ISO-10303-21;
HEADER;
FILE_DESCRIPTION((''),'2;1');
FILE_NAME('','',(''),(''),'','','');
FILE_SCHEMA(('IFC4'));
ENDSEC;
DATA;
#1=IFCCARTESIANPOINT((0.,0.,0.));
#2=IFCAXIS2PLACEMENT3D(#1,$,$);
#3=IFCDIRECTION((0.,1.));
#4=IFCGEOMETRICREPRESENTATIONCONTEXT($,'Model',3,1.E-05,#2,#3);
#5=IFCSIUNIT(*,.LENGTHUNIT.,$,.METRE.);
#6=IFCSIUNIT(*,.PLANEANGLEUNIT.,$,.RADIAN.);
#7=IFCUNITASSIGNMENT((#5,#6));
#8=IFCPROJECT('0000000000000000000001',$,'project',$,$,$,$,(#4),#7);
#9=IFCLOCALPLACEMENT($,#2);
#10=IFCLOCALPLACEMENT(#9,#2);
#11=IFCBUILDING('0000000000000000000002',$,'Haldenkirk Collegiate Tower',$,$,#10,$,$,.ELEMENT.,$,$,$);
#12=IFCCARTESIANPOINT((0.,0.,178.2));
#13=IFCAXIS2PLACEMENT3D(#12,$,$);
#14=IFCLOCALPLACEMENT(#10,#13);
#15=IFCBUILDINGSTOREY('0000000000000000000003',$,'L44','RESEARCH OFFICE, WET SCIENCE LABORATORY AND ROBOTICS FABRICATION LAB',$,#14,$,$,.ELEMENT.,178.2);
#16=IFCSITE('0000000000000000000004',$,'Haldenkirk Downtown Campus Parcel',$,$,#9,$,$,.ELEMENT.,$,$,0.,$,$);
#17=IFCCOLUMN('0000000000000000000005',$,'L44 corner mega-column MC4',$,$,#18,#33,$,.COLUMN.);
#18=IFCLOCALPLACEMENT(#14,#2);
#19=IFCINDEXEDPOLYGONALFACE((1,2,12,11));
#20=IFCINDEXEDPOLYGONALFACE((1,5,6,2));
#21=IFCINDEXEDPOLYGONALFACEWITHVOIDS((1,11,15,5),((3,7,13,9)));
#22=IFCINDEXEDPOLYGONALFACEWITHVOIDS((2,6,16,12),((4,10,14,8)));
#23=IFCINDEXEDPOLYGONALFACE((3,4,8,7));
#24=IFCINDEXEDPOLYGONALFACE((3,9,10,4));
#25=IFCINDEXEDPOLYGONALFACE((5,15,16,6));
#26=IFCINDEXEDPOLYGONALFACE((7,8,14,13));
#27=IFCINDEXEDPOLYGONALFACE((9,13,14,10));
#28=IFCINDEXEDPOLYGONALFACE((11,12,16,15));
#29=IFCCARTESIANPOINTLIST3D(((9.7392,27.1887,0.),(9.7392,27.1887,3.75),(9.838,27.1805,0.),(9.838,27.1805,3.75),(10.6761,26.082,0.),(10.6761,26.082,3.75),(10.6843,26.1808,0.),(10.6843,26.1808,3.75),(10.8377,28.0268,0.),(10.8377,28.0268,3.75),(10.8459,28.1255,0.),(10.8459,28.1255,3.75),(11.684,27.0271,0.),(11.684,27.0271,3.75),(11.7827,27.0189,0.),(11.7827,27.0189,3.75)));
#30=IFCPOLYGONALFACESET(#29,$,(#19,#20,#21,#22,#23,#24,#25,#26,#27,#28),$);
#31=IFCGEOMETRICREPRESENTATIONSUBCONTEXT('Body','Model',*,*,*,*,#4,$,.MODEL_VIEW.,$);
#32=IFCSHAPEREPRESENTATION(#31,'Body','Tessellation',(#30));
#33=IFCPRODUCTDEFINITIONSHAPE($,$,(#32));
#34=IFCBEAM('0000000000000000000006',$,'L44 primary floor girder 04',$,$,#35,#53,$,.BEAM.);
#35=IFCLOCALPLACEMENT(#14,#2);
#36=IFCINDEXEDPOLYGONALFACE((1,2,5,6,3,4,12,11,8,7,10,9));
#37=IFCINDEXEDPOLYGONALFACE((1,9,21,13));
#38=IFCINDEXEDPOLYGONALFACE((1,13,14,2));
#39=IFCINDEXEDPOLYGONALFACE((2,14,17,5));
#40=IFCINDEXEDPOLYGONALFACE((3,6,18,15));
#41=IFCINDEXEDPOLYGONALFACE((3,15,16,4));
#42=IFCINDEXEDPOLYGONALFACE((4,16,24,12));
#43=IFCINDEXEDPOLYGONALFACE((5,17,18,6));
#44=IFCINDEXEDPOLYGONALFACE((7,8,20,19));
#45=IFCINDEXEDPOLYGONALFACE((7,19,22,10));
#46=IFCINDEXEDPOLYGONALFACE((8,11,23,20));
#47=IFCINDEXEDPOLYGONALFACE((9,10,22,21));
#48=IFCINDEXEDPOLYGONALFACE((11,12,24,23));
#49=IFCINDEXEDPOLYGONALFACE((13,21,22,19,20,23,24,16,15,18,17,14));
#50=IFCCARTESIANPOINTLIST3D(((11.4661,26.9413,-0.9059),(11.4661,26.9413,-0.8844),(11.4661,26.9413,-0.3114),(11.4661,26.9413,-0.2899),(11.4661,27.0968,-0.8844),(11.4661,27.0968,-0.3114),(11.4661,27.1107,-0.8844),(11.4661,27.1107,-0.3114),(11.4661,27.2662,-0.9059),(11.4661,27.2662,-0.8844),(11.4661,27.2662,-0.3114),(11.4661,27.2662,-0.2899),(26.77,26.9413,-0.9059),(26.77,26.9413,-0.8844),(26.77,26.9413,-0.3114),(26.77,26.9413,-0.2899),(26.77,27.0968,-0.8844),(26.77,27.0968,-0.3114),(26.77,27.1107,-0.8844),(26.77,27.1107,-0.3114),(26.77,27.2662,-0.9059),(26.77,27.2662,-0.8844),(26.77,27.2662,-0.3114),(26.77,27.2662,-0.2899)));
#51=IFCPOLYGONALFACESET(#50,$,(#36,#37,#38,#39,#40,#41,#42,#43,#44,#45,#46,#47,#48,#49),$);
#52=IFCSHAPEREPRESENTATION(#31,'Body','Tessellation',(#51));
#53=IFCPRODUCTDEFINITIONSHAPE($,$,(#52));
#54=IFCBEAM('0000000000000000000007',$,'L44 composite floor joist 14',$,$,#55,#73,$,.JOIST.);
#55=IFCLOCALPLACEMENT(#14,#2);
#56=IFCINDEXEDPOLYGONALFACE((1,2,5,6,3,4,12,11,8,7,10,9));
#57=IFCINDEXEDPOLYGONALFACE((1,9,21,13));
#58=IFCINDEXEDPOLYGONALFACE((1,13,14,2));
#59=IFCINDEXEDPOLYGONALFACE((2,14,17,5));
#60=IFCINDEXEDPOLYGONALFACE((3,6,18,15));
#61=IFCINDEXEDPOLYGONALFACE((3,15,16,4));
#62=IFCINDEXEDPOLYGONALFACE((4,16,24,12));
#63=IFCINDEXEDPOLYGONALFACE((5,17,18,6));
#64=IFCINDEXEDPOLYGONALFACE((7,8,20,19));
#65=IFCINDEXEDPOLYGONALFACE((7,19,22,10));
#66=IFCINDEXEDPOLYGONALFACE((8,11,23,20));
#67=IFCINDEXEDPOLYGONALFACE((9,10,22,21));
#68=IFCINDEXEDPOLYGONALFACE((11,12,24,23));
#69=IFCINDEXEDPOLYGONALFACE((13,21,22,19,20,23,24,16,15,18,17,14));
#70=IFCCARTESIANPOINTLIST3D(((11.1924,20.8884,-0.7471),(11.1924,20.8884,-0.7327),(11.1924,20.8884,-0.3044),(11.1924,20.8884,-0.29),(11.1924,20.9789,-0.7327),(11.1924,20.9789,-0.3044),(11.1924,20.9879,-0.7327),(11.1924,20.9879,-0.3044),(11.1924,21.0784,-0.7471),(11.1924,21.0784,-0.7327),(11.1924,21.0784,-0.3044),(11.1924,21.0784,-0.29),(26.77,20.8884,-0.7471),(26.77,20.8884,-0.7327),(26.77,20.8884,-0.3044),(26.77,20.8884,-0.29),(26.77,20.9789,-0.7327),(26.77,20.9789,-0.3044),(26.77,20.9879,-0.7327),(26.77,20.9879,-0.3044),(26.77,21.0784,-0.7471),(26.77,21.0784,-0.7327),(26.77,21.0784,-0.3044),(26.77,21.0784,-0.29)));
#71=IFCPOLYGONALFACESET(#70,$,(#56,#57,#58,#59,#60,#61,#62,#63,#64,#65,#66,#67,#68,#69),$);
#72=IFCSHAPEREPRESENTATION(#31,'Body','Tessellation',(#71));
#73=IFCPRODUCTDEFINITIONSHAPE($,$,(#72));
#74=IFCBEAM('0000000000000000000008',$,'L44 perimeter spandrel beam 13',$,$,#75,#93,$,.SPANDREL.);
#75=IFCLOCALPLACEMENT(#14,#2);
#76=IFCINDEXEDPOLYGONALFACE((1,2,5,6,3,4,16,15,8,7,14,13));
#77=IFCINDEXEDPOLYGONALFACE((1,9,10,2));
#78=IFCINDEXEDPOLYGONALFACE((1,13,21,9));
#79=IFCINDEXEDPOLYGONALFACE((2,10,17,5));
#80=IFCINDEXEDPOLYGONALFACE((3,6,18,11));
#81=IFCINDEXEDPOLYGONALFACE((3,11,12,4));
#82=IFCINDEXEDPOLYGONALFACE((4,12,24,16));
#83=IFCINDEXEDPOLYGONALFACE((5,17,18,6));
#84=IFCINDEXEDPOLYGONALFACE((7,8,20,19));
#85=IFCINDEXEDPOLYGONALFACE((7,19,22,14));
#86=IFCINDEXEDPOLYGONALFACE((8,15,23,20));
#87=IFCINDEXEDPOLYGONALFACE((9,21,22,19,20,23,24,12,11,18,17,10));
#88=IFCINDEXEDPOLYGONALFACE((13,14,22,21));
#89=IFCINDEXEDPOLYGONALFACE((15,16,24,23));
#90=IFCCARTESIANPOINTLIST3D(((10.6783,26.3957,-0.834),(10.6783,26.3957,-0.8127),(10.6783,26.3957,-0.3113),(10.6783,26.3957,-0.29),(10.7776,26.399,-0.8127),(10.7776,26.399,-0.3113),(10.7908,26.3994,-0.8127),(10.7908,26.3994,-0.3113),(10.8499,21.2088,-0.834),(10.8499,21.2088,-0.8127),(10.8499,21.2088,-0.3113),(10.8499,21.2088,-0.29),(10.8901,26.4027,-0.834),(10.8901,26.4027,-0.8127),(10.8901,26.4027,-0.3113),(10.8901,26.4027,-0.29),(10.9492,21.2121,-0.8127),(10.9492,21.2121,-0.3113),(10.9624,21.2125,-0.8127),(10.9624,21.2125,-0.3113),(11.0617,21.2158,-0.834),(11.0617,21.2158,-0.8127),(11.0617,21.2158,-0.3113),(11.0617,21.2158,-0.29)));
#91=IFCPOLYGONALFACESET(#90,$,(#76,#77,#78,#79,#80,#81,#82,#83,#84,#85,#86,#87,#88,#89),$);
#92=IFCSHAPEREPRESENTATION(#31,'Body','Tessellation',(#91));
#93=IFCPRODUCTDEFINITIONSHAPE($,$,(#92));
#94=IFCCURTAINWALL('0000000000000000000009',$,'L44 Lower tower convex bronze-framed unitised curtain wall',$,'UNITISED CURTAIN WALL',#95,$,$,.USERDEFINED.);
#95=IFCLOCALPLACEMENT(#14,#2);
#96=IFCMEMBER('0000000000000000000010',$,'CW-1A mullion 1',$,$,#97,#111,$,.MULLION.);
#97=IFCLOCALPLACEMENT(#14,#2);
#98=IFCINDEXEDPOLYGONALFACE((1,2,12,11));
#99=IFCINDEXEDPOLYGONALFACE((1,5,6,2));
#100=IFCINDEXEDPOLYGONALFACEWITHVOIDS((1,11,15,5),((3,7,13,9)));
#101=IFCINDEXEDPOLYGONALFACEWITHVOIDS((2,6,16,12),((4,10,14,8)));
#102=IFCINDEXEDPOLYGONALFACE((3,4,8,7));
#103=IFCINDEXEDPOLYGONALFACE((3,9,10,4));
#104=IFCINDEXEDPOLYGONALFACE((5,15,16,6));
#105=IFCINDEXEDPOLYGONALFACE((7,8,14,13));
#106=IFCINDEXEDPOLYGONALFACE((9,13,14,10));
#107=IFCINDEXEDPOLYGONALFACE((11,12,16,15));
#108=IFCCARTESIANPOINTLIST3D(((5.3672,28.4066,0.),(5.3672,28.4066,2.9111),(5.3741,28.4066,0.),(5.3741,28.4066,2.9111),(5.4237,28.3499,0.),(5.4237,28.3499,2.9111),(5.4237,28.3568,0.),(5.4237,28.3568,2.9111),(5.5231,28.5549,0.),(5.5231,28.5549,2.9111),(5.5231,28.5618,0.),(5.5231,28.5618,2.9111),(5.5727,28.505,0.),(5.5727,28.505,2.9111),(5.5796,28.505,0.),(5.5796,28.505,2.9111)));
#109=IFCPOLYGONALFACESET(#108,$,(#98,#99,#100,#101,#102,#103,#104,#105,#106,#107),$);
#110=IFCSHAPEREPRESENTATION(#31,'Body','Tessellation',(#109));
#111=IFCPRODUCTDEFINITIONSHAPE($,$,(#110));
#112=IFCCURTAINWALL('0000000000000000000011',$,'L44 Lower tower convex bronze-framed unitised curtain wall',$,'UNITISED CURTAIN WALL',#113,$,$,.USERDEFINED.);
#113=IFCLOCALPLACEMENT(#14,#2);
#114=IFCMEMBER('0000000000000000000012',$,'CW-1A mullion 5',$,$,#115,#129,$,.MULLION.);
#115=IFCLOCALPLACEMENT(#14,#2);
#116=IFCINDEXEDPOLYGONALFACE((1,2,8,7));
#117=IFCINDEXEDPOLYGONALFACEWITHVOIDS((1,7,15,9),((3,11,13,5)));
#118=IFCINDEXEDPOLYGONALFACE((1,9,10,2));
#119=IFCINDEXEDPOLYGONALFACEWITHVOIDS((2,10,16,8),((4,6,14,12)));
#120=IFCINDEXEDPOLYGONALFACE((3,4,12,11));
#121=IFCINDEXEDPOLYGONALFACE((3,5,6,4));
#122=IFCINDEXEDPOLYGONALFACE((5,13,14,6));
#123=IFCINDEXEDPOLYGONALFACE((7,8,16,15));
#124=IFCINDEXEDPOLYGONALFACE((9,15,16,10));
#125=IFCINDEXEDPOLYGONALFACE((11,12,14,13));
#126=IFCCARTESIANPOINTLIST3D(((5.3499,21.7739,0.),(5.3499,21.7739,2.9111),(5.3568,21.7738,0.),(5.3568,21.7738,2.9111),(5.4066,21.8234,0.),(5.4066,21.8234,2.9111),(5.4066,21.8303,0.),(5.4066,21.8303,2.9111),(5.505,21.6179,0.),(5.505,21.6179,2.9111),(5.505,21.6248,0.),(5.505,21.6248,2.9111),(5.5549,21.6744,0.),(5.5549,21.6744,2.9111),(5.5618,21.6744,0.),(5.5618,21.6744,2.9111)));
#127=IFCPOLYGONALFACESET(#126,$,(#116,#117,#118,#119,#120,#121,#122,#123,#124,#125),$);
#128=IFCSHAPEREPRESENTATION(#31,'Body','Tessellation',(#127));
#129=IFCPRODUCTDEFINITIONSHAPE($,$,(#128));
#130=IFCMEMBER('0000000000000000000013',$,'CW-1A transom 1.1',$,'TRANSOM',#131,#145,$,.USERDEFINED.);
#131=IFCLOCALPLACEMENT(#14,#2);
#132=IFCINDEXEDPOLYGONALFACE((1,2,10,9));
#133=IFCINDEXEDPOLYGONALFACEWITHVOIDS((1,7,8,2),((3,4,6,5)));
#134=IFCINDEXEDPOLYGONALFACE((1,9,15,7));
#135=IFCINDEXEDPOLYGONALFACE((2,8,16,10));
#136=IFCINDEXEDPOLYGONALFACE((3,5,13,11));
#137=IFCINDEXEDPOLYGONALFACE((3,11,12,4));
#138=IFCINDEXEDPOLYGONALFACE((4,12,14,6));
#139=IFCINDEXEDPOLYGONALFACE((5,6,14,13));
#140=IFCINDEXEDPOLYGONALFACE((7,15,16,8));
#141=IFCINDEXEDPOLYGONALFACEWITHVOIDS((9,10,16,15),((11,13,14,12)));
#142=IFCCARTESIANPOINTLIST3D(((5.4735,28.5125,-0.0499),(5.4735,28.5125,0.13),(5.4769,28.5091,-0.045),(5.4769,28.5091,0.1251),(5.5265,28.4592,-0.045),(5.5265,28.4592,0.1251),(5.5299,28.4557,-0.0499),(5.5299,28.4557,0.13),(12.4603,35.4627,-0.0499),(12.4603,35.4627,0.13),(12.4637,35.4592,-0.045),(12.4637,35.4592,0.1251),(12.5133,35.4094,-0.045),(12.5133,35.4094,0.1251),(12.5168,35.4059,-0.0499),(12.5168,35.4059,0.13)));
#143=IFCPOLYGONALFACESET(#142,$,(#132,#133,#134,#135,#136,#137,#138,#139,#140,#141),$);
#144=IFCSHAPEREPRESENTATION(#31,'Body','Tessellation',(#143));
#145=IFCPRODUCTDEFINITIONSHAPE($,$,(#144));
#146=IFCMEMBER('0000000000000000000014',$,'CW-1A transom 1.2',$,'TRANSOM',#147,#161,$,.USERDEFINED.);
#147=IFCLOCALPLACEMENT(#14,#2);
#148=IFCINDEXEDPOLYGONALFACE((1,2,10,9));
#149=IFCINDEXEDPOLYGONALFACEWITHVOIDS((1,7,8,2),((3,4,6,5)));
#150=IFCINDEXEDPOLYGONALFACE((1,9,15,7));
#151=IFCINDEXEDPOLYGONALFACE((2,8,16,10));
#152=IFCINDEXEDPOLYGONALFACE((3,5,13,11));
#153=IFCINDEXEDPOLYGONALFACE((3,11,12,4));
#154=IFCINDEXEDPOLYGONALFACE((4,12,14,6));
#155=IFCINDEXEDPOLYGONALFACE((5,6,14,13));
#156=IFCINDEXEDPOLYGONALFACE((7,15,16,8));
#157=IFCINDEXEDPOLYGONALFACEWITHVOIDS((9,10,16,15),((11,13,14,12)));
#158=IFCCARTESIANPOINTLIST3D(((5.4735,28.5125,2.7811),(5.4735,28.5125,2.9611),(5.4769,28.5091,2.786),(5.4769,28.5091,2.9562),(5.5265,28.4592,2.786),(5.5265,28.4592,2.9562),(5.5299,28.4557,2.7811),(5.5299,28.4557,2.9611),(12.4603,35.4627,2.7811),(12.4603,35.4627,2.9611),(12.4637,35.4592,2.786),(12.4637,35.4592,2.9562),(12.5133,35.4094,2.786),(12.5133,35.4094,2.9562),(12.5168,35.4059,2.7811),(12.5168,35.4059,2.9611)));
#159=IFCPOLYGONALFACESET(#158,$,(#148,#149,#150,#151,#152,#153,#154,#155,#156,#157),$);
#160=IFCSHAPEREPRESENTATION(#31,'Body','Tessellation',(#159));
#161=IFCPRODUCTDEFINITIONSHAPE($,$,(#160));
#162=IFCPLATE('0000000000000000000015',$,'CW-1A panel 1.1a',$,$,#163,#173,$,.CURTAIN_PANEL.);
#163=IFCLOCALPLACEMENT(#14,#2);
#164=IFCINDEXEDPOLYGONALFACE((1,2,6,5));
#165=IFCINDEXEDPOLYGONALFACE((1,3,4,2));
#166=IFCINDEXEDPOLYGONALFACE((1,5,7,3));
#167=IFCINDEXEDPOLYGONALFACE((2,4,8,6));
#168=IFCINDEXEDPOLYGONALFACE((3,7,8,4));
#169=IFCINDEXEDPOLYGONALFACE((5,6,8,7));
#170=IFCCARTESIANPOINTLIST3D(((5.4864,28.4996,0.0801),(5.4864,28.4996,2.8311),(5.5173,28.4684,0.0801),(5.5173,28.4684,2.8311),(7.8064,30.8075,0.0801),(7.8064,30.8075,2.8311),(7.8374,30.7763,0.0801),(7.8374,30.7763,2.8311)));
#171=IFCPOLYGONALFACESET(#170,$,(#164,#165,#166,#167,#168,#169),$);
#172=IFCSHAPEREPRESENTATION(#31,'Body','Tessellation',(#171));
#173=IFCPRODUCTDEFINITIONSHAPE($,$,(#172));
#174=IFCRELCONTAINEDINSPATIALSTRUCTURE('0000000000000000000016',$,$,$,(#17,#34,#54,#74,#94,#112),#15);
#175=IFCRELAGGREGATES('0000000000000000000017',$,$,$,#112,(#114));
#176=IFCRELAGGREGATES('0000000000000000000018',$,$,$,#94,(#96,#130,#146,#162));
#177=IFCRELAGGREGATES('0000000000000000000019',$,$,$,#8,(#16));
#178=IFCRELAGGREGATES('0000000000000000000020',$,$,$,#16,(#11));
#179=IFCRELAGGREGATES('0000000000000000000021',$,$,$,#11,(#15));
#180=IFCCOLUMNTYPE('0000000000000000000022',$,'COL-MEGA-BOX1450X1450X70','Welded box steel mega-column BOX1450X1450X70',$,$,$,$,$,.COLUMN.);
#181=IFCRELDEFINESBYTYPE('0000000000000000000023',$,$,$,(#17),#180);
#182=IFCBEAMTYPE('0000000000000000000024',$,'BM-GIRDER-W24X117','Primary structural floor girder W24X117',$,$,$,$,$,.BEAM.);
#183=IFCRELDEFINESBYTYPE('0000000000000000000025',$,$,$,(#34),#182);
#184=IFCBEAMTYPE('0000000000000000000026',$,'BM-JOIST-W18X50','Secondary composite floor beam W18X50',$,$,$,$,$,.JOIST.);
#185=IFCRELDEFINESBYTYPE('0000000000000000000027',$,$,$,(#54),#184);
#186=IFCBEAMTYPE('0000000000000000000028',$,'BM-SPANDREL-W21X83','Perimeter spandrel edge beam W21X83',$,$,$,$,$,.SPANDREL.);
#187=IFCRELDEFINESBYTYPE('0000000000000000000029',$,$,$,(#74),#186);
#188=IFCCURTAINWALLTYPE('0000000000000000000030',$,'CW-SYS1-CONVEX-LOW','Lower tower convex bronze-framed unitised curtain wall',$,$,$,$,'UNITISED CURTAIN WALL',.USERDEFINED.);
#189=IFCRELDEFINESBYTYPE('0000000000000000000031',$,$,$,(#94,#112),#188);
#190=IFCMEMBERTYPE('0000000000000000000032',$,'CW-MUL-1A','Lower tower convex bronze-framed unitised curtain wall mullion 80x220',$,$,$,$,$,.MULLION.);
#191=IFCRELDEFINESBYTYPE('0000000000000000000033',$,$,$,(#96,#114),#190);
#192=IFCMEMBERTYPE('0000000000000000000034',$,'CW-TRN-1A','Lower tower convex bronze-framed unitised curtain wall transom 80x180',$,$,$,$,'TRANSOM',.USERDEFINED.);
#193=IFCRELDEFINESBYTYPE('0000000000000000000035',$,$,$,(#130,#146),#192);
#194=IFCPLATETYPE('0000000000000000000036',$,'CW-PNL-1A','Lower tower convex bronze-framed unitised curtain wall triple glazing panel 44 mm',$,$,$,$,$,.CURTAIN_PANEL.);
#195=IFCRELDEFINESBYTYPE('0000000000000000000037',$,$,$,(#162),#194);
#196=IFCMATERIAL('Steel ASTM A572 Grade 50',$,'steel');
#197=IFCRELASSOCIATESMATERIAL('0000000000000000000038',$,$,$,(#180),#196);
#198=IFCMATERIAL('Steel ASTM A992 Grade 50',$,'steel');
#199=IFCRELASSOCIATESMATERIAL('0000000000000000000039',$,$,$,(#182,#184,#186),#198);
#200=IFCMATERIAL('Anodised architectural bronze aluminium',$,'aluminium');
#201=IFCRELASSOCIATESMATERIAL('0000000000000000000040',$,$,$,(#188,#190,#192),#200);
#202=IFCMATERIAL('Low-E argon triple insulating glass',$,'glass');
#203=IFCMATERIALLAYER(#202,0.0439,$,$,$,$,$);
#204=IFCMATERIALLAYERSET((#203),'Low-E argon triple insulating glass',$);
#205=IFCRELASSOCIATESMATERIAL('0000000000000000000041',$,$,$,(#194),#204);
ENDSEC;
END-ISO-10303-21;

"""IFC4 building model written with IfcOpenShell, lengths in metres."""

from ifc_helpers import new_model, si_unit, direction, frame, origin, origin_2d, place, context, subcontext, project, spatial, rectangle, hollow_rectangle, i_section, extrude, source, transform, mapped, material, layer, layer_set, material_profile, profile_set, type_object, element, aggregate, save


model = new_model("IFC4")

# Units and contexts
model_context = context("Model", 3, precision=1e-05, world=origin(), true_north=direction((0.0, 1.0)))
body_context = subcontext(model_context, "Body", "Model", "MODEL_VIEW")
ifc_project = project(units=[si_unit("LENGTHUNIT", "METRE"), si_unit("PLANEANGLEUNIT", "RADIAN")], contexts=[model_context])

# Site, building, storey
site_placement = place(None, origin())
site = spatial("IfcSite", under=ifc_project, at=site_placement, Name="Haldenkirk Downtown Campus Parcel", CompositionType="ELEMENT", RefElevation=0.0)
building_placement = place(site_placement, origin())
building = spatial("IfcBuilding", under=site, at=building_placement, Name="Haldenkirk Collegiate Tower", CompositionType="ELEMENT")
storey_placement = place(building_placement, frame((0.0, 0.0, 178.2)))
storey = spatial("IfcBuildingStorey", under=building, at=storey_placement, Name="L44", Description="RESEARCH OFFICE, WET SCIENCE LABORATORY AND ROBOTICS FABRICATION LAB", CompositionType="ELEMENT", Elevation=178.2)

# Column
ifc_material_1 = material(Name="Steel ASTM A572 Grade 50", Category="steel")
ifc_material_profile_1 = material_profile(ifc_material_1, hollow_rectangle(XDim=1.45, YDim=1.45, WallThickness=0.0701, at=origin_2d()), Name="BOX1450X1450X70")
ifc_profile_set_1 = profile_set([ifc_material_profile_1], Name="Steel ASTM A572 Grade 50")
column_type = type_object("IfcColumnType", Name="COL-MEGA-BOX1450X1450X70", Description="Welded box steel mega-column BOX1450X1450X70", PredefinedType="COLUMN", material=ifc_profile_set_1)
column_placement = place(storey_placement, frame((10.761, 27.1038, 0.0), z_axis=(0.0, 0.0, 1.0), x_axis=(0.763232, 0.646124, 0.0)))
element("IfcColumn", 1, at=column_placement, inside=storey, type_object=column_type, Name="L44 corner mega-column MC4", PredefinedType="COLUMN", context=body_context, shape_type="SweptSolid", body=[
    extrude(hollow_rectangle(XDim=1.45, YDim=1.45, WallThickness=0.0701, at=origin_2d()), origin(), (0.0, 0.0, 1.0), 3.75),
])

# Beams
ifc_material_2 = material(Name="Steel ASTM A992 Grade 50", Category="steel")
ifc_material_profile_2 = material_profile(ifc_material_2, i_section(OverallWidth=0.325, OverallDepth=0.616, WebThickness=0.0139, FlangeThickness=0.0215, at=origin_2d()), Name="W24X117")
ifc_profile_set_2 = profile_set([ifc_material_profile_2], Name="Steel ASTM A992 Grade 50")
beam_type_1 = type_object("IfcBeamType", Name="BM-GIRDER-W24X117", Description="Primary structural floor girder W24X117", PredefinedType="BEAM", material=ifc_profile_set_2)
beam_1_placement = place(storey_placement, frame((11.4661, 27.1038, -0.5979), z_axis=(1.0, 0.0, 0.0), x_axis=(0.0, 1.0, 0.0)))
element("IfcBeam", 2, at=beam_1_placement, inside=storey, type_object=beam_type_1, Name="L44 primary floor girder 04", PredefinedType="BEAM", context=body_context, shape_type="SweptSolid", body=[
    extrude(i_section(OverallWidth=0.325, OverallDepth=0.616, WebThickness=0.0139, FlangeThickness=0.0215, at=origin_2d()), origin(), (0.0, 0.0, 1.0), 15.304),
])
ifc_material_profile_3 = material_profile(ifc_material_2, i_section(OverallWidth=0.1899, OverallDepth=0.457, WebThickness=0.009, FlangeThickness=0.0144, at=origin_2d()), Name="W18X50")
ifc_profile_set_3 = profile_set([ifc_material_profile_3], Name="Steel ASTM A992 Grade 50")
beam_type_2 = type_object("IfcBeamType", Name="BM-JOIST-W18X50", Description="Secondary composite floor beam W18X50", PredefinedType="JOIST", material=ifc_profile_set_3)
beam_2_placement = place(storey_placement, frame((11.1924, 20.9834, -0.5186), z_axis=(1.0, 0.0, 0.0), x_axis=(0.0, 1.0, 0.0)))
element("IfcBeam", 3, at=beam_2_placement, inside=storey, type_object=beam_type_2, Name="L44 composite floor joist 14", PredefinedType="JOIST", context=body_context, shape_type="SweptSolid", body=[
    extrude(i_section(OverallWidth=0.1899, OverallDepth=0.457, WebThickness=0.009, FlangeThickness=0.0144, at=origin_2d()), origin(), (0.0, 0.0, 1.0), 15.5776),
])
ifc_material_profile_4 = material_profile(ifc_material_2, i_section(OverallWidth=0.2119, OverallDepth=0.5439, WebThickness=0.0132, FlangeThickness=0.0212, at=origin_2d()), Name="W21X83")
ifc_profile_set_4 = profile_set([ifc_material_profile_4], Name="Steel ASTM A992 Grade 50")
beam_type_3 = type_object("IfcBeamType", Name="BM-SPANDREL-W21X83", Description="Perimeter spandrel edge beam W21X83", PredefinedType="SPANDREL", material=ifc_profile_set_4)
beam_3_placement = place(storey_placement, frame((10.7842, 26.3992, -0.562), z_axis=(0.033072, -0.999453, 0.0), x_axis=(0.999453, 0.033072, 0.0)))
element("IfcBeam", 4, at=beam_3_placement, inside=storey, type_object=beam_type_3, Name="L44 perimeter spandrel beam 13", PredefinedType="SPANDREL", context=body_context, shape_type="SweptSolid", body=[
    extrude(i_section(OverallWidth=0.2119, OverallDepth=0.5439, WebThickness=0.0132, FlangeThickness=0.0212, at=origin_2d()), origin(), (0.0, 0.0, 1.0), 5.1897),
])

# Curtain walls, members
ifc_material_3 = material(Name="Anodised architectural bronze aluminium", Category="aluminium")
curtain_wall_type = type_object("IfcCurtainWallType", Name="CW-SYS1-CONVEX-LOW", Description="Lower tower convex bronze-framed unitised curtain wall", ElementType="UNITISED CURTAIN WALL", PredefinedType="USERDEFINED", material=ifc_material_3)
curtain_wall_1_placement = place(storey_placement, origin())
curtain_wall_1 = element("IfcCurtainWall", 5, at=curtain_wall_1_placement, inside=storey, type_object=curtain_wall_type, Name="L44 Lower tower convex bronze-framed unitised curtain wall", ObjectType="UNITISED CURTAIN WALL", PredefinedType="USERDEFINED")
ifc_material_profile_5 = material_profile(ifc_material_3, hollow_rectangle(XDim=0.0801, YDim=0.22, WallThickness=0.0049, at=origin_2d()), Name="CW-MUL-1A")
ifc_profile_set_5 = profile_set([ifc_material_profile_5], Name="Anodised architectural bronze aluminium")
member_type_1 = type_object("IfcMemberType", Name="CW-MUL-1A", Description="Lower tower convex bronze-framed unitised curtain wall mullion 80x220", PredefinedType="MULLION", material=ifc_profile_set_5)
member_1_placement = place(storey_placement, frame((5.4734, 28.4558, 0.0), z_axis=(0.0, 0.0, 1.0), x_axis=(-0.705255, 0.708954, 0.0)))
member_1 = element("IfcMember", 6, at=member_1_placement, type_object=member_type_1, Name="CW-1A mullion 1", PredefinedType="MULLION", context=body_context, shape_type="SweptSolid", body=[
    extrude(hollow_rectangle(XDim=0.0801, YDim=0.22, WallThickness=0.0049, at=origin_2d()), origin(), (0.0, 0.0, 1.0), 2.9111),
])
curtain_wall_2_placement = place(storey_placement, origin())
curtain_wall_2 = element("IfcCurtainWall", 7, at=curtain_wall_2_placement, inside=storey, type_object=curtain_wall_type, Name="L44 Lower tower convex bronze-framed unitised curtain wall", ObjectType="UNITISED CURTAIN WALL", PredefinedType="USERDEFINED")
member_2_placement = place(storey_placement, frame((5.4558, 21.7241, 0.0), z_axis=(0.0, 0.0, 1.0), x_axis=(-0.708954, -0.705255, 0.0)))
member_2 = element("IfcMember", 8, at=member_2_placement, type_object=member_type_1, Name="CW-1A mullion 5", PredefinedType="MULLION", context=body_context, shape_type="SweptSolid", body=[
    extrude(hollow_rectangle(XDim=0.0801, YDim=0.22, WallThickness=0.0049, at=origin_2d()), origin(), (0.0, 0.0, 1.0), 2.9111),
])
aggregate(curtain_wall_2, [member_2])

# Members
ifc_material_profile_6 = material_profile(ifc_material_3, hollow_rectangle(XDim=0.0801, YDim=0.1799, WallThickness=0.0049, at=origin_2d()), Name="CW-TRN-1A")
ifc_profile_set_6 = profile_set([ifc_material_profile_6], Name="Anodised architectural bronze aluminium")
member_type_2 = type_object("IfcMemberType", Name="CW-TRN-1A", Description="Lower tower convex bronze-framed unitised curtain wall transom 80x180", ElementType="TRANSOM", PredefinedType="USERDEFINED", material=ifc_profile_set_6)
member_3_placement = place(storey_placement, frame((5.5017, 28.4841, 0.04), z_axis=(0.708962, 0.705246, 0.0), x_axis=(-0.705246, 0.708962, 0.0)))
member_3 = element("IfcMember", 9, at=member_3_placement, type_object=member_type_2, Name="CW-1A transom 1.1", ObjectType="TRANSOM", PredefinedType="USERDEFINED", context=body_context, shape_type="SweptSolid", body=[
    extrude(hollow_rectangle(XDim=0.0801, YDim=0.1799, WallThickness=0.0049, at=origin_2d()), origin(), (0.0, 0.0, 1.0), 9.855),
])
member_4_placement = place(storey_placement, frame((5.5017, 28.4841, 2.8711), z_axis=(0.708962, 0.705246, 0.0), x_axis=(-0.705246, 0.708962, 0.0)))
member_4 = element("IfcMember", 10, at=member_4_placement, type_object=member_type_2, Name="CW-1A transom 1.2", ObjectType="TRANSOM", PredefinedType="USERDEFINED", context=body_context, shape_type="SweptSolid", body=[
    extrude(hollow_rectangle(XDim=0.0801, YDim=0.1799, WallThickness=0.0049, at=origin_2d()), origin(), (0.0, 0.0, 1.0), 9.855),
])

# Plate
ifc_material_4 = material(Name="Low-E argon triple insulating glass", Category="glass")
ifc_layer_1 = layer(ifc_material_4, 0.0439)
ifc_layer_set_1 = layer_set([ifc_layer_1], Name="Low-E argon triple insulating glass")
plate_type = type_object("IfcPlateType", Name="CW-PNL-1A", Description="Lower tower convex bronze-framed unitised curtain wall triple glazing panel 44 mm", PredefinedType="CURTAIN_PANEL", material=ifc_layer_set_1)
shared_shape_1 = source(origin(), body_context, "Body", "SweptSolid", [
    extrude(rectangle(XDim=3.2725, YDim=0.0439, at=origin_2d()), origin(), (0.0, 0.0, 1.0), 2.751),
])
plate_1_placement = place(storey_placement, frame((6.6619, 29.6379, 0.0801), z_axis=(0.0, 0.0, 1.0), x_axis=(0.708954, 0.705255, 0.0)))
plate_1 = element("IfcPlate", 11, at=plate_1_placement, type_object=plate_type, Name="CW-1A panel 1.1a", PredefinedType="CURTAIN_PANEL", context=body_context, shape_type="MappedRepresentation", body=[
    mapped(shared_shape_1, transform((0.0, 0.0, 0.0), x_axis=(1.0, 0.0, 0.0), y_axis=(0.0, 1.0, 0.0), z_axis=(0.0, 0.0, 1.0), scale=1.0)),
])
aggregate(curtain_wall_1, [member_1, member_3, member_4, plate_1])

save(model, "model.ifc")
